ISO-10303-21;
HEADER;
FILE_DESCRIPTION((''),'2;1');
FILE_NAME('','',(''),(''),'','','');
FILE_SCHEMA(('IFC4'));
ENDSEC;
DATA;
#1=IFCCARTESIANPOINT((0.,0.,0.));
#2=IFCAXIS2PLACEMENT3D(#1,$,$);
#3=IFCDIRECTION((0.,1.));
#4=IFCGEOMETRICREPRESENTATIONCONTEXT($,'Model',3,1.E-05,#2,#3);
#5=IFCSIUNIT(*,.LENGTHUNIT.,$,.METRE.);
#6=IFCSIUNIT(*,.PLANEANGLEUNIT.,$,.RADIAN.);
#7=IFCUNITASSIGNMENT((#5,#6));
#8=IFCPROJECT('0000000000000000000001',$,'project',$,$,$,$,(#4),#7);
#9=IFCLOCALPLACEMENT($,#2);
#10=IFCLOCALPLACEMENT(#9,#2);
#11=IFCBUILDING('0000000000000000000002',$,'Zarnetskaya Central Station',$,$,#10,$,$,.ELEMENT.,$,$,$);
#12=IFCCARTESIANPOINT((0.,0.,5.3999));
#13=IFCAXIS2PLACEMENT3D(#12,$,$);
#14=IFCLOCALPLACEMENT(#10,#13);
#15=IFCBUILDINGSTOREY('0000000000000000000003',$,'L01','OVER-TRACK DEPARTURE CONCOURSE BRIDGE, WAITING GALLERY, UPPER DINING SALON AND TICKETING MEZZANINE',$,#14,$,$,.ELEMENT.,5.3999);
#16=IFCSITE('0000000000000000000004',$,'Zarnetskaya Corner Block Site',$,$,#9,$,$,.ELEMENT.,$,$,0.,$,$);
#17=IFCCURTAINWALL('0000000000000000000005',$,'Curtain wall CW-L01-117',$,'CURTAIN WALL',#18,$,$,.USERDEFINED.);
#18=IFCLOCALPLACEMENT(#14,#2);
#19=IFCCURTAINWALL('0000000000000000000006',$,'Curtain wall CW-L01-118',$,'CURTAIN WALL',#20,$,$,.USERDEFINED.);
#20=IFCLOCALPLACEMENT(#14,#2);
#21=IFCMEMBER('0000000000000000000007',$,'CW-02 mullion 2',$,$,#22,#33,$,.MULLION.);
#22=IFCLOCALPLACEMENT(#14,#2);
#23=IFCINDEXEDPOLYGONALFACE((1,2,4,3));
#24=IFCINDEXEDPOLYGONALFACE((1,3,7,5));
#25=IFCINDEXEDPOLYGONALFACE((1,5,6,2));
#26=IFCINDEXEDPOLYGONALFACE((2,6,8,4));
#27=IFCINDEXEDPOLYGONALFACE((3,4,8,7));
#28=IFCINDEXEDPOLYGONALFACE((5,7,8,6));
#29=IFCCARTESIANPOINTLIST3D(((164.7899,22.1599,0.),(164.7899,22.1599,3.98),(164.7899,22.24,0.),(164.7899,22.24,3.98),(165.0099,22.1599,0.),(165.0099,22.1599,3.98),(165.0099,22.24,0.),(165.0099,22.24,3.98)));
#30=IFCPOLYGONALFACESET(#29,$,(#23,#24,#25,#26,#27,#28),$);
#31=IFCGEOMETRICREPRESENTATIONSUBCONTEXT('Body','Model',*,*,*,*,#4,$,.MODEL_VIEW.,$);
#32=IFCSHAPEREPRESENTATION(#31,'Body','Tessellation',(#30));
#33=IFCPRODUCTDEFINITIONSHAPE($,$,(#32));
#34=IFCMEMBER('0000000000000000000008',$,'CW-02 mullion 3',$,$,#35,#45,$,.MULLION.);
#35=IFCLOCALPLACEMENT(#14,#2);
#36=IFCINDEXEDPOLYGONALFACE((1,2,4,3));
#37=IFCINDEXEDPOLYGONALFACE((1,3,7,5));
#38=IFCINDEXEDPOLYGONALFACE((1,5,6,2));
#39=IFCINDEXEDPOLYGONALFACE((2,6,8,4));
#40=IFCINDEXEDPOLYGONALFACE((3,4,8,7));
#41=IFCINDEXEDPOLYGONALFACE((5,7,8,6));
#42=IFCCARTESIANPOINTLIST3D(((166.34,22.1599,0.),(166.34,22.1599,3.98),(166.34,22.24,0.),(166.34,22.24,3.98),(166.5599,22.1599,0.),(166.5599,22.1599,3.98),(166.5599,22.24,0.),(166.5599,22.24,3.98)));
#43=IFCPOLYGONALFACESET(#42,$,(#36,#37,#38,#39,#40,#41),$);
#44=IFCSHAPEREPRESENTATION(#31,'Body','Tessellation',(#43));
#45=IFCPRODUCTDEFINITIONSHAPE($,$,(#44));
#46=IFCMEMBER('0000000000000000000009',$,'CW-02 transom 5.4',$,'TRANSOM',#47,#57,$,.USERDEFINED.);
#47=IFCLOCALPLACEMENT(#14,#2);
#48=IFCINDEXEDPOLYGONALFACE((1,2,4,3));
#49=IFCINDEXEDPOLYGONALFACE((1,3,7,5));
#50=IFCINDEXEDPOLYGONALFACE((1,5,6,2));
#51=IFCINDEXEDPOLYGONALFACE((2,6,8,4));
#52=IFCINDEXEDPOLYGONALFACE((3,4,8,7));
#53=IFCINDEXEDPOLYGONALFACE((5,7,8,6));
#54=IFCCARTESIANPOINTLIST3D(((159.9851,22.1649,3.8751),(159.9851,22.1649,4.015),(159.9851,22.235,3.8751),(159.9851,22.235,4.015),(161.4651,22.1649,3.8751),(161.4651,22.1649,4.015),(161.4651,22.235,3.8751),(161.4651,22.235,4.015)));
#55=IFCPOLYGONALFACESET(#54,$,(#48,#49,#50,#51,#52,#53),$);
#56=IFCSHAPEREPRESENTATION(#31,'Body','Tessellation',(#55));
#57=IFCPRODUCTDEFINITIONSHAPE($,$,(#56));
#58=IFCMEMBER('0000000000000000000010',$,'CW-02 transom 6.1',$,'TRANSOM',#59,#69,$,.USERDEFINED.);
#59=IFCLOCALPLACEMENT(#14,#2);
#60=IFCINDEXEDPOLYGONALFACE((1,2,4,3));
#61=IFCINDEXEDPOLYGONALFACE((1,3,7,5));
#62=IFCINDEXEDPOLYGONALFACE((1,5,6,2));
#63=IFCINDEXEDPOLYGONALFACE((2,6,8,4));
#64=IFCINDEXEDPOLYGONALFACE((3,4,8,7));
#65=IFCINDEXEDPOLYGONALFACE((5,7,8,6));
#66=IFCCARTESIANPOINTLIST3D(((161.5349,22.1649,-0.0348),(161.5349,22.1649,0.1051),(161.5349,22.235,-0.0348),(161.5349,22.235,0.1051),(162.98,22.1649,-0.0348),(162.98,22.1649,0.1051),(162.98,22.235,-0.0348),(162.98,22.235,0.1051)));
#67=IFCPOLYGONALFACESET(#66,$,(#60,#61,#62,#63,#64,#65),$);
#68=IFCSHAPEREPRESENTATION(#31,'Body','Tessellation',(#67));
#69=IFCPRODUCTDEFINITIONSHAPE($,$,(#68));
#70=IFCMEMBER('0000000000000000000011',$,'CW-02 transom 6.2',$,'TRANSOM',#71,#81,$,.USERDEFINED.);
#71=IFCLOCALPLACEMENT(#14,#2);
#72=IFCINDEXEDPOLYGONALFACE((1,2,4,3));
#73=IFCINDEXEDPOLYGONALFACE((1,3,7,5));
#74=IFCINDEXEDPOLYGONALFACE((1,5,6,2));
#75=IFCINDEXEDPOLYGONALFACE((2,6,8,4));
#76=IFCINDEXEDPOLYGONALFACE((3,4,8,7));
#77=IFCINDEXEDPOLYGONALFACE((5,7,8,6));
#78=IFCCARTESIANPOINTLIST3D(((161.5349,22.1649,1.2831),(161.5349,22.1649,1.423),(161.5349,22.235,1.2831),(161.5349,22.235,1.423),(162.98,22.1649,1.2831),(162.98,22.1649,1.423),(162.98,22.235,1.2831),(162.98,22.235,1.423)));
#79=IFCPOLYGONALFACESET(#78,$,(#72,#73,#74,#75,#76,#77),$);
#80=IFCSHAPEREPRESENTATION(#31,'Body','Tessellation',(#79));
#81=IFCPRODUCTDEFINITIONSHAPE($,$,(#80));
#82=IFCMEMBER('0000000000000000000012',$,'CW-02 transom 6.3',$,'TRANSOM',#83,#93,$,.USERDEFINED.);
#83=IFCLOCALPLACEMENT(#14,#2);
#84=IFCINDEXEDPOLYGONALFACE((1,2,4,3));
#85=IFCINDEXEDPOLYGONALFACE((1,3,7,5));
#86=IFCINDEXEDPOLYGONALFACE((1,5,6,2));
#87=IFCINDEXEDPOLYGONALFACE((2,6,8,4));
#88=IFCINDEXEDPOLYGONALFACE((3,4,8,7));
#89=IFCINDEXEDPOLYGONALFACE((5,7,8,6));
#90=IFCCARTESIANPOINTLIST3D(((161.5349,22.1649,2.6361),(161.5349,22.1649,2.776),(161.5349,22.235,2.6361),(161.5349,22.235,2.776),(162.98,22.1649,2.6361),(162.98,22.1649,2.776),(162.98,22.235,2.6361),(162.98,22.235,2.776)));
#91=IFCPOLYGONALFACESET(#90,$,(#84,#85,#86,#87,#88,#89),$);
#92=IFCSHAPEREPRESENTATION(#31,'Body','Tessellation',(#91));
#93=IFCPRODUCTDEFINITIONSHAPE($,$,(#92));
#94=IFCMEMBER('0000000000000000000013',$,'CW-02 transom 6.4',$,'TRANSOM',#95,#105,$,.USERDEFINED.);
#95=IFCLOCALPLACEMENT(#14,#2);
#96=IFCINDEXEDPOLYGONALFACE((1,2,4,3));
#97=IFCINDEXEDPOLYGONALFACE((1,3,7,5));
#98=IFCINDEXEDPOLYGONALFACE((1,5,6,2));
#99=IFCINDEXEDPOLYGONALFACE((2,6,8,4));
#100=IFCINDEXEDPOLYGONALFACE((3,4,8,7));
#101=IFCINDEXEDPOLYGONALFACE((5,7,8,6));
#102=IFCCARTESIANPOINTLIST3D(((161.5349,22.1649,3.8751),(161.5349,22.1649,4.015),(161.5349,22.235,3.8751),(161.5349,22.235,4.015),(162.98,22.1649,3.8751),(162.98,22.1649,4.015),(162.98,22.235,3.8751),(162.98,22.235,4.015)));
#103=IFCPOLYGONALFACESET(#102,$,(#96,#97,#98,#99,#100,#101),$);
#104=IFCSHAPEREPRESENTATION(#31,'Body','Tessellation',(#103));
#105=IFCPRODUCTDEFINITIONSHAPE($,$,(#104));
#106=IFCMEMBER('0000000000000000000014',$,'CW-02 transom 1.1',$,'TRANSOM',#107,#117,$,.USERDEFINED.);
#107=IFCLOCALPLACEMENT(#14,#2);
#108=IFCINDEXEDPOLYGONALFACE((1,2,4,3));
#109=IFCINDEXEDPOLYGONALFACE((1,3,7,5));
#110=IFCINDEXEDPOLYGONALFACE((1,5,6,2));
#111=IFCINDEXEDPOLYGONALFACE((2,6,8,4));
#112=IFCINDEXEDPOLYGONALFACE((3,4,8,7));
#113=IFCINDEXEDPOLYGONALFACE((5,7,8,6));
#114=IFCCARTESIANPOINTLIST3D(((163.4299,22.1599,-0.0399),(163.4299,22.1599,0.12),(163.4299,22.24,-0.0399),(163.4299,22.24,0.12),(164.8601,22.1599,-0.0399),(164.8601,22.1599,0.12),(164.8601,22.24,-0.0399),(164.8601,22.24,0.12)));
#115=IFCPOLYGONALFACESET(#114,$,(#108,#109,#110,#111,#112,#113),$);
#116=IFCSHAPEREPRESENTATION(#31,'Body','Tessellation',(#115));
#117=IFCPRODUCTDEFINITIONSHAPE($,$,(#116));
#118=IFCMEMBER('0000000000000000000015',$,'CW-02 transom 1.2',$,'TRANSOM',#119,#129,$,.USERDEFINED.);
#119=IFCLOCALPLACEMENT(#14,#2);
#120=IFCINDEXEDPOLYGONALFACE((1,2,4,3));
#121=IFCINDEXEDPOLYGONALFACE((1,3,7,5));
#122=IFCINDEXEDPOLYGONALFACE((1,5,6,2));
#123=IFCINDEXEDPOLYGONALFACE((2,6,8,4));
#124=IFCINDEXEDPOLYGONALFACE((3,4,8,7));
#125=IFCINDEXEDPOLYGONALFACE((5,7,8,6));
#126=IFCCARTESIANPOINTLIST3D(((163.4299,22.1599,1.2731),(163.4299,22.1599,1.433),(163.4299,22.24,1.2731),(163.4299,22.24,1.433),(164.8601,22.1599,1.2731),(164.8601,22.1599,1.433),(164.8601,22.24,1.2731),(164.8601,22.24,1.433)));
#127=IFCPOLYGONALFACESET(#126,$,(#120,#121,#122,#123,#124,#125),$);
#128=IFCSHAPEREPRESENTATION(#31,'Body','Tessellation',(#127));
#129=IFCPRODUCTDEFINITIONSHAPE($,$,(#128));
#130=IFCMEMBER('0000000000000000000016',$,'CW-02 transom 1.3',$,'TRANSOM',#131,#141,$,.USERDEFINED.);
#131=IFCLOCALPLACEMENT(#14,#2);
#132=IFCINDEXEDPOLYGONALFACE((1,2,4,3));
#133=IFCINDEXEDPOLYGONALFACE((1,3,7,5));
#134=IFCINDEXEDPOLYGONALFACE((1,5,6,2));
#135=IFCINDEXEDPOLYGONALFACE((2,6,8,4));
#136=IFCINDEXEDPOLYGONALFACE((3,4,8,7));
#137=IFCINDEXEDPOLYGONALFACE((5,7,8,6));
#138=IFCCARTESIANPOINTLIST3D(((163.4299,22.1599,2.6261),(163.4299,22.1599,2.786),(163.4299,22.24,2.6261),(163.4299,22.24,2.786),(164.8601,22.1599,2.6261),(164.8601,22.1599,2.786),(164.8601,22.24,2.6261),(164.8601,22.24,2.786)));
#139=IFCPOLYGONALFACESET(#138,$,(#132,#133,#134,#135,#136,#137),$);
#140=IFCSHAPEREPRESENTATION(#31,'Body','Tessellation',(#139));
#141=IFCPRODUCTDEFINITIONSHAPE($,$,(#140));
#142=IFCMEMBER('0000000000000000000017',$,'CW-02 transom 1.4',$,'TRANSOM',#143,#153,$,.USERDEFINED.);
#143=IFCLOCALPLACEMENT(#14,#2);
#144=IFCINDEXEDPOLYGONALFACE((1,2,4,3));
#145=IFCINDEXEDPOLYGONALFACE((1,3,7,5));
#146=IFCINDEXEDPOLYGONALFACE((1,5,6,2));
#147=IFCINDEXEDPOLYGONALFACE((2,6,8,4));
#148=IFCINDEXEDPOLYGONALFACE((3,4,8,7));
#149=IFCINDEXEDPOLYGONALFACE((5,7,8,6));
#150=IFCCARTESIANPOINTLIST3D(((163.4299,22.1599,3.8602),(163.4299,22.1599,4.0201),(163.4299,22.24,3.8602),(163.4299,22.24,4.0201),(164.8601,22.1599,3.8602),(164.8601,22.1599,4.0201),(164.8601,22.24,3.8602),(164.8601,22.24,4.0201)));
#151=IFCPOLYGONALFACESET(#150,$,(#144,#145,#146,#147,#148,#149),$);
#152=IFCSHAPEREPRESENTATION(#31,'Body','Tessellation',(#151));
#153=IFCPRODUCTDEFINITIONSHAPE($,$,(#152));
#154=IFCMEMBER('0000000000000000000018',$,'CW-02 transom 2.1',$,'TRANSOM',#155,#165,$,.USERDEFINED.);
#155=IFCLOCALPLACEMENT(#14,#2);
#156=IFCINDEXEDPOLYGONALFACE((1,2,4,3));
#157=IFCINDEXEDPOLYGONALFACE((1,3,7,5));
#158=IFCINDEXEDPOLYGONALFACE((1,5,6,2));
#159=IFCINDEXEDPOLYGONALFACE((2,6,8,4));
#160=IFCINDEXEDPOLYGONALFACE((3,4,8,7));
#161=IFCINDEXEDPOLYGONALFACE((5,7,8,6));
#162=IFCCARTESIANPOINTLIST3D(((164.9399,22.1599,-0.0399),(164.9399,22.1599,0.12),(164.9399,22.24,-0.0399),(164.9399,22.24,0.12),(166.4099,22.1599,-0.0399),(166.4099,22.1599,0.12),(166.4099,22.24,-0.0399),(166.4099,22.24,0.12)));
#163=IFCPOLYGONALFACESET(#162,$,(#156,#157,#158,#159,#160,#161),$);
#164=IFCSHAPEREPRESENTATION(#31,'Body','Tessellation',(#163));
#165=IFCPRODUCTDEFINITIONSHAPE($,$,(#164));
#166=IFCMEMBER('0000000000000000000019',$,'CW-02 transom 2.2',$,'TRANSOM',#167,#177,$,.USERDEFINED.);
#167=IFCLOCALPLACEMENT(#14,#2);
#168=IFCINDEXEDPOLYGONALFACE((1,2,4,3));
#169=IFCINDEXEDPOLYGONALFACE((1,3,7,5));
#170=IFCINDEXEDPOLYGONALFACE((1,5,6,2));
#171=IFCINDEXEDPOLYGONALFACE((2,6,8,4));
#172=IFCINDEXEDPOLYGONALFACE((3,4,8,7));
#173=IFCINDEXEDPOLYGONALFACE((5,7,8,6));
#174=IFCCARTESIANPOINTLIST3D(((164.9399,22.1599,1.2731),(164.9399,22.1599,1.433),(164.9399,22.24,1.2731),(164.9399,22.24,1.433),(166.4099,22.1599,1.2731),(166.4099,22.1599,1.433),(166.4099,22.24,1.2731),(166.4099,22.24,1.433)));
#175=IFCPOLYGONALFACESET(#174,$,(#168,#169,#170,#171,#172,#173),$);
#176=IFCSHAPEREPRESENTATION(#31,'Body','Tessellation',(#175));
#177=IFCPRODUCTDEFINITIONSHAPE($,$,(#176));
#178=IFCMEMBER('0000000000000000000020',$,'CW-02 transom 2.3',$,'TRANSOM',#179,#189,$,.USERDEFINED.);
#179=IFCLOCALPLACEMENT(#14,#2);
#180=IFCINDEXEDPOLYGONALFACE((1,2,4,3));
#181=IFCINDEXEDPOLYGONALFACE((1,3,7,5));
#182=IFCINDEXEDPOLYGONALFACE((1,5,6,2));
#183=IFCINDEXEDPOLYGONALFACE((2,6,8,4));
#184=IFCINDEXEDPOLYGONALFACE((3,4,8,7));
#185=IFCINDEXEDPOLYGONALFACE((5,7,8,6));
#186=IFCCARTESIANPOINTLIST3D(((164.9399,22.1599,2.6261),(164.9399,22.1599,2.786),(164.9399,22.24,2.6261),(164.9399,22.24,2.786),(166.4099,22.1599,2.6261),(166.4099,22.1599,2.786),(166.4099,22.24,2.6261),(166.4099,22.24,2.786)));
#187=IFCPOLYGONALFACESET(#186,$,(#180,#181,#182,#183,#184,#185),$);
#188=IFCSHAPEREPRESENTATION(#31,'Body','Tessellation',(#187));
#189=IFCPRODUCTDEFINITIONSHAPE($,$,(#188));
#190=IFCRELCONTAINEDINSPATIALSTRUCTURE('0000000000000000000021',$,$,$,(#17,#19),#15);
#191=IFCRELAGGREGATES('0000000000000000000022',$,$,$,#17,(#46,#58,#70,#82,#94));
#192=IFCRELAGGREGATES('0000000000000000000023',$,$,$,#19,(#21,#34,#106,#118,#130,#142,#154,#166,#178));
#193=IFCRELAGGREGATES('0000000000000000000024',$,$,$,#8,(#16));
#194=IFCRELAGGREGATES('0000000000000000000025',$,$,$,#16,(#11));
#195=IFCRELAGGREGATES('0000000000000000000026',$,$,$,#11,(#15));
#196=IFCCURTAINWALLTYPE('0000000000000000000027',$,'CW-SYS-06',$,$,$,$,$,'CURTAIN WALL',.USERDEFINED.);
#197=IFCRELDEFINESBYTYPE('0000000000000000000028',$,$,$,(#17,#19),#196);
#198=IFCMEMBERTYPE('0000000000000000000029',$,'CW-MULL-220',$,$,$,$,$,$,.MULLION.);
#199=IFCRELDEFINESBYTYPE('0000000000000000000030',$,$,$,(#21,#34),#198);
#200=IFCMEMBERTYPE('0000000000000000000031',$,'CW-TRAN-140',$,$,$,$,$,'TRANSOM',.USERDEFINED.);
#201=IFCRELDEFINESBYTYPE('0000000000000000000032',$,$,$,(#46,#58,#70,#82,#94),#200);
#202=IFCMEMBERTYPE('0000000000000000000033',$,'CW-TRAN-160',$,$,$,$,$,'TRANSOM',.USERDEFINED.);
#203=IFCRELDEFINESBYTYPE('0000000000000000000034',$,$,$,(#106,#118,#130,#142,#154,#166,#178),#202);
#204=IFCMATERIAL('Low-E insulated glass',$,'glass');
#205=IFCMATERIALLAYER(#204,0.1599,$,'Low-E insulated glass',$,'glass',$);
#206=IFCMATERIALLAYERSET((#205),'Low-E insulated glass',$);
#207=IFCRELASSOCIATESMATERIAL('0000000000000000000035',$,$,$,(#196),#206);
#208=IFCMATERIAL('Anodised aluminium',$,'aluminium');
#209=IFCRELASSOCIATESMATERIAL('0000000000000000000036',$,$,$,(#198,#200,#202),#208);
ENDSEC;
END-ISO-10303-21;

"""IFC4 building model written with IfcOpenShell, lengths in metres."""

from ifc_helpers import new_model, si_unit, direction, frame, origin, origin_2d, place, context, subcontext, project, spatial, rectangle, extrude, material, layer, layer_set, material_profile, profile_set, type_object, element, aggregate, save


model = new_model("IFC4")

# Units and contexts
model_context = context("Model", 3, precision=1e-05, world=origin(), true_north=direction((0.0, 1.0)))
body_context = subcontext(model_context, "Body", "Model", "MODEL_VIEW")
ifc_project = project(units=[si_unit("LENGTHUNIT", "METRE"), si_unit("PLANEANGLEUNIT", "RADIAN")], contexts=[model_context])

# Site, building, storey
site_placement = place(None, origin())
site = spatial("IfcSite", under=ifc_project, at=site_placement, Name="Zarnetskaya Corner Block Site", CompositionType="ELEMENT", RefElevation=0.0)
building_placement = place(site_placement, origin())
building = spatial("IfcBuilding", under=site, at=building_placement, Name="Zarnetskaya Central Station", CompositionType="ELEMENT")
storey_placement = place(building_placement, frame((0.0, 0.0, 5.3999)))
storey = spatial("IfcBuildingStorey", under=building, at=storey_placement, Name="L01", Description="OVER-TRACK DEPARTURE CONCOURSE BRIDGE, WAITING GALLERY, UPPER DINING SALON AND TICKETING MEZZANINE", CompositionType="ELEMENT", Elevation=5.3999)

# Curtain walls, members
ifc_material_1 = material(Name="Low-E insulated glass", Category="glass")
ifc_layer_1 = layer(ifc_material_1, 0.1599, Name="Low-E insulated glass", Category="glass")
ifc_layer_set_1 = layer_set([ifc_layer_1], Name="Low-E insulated glass")
curtain_wall_type = type_object("IfcCurtainWallType", Name="CW-SYS-06", ElementType="CURTAIN WALL", PredefinedType="USERDEFINED", material=ifc_layer_set_1)
curtain_wall_1_placement = place(storey_placement, origin())
curtain_wall_1 = element("IfcCurtainWall", 1, at=curtain_wall_1_placement, inside=storey, type_object=curtain_wall_type, Name="Curtain wall CW-L01-117", ObjectType="CURTAIN WALL", PredefinedType="USERDEFINED")
ifc_material_2 = material(Name="Anodised aluminium", Category="aluminium")
curtain_wall_2_placement = place(storey_placement, origin())
curtain_wall_2 = element("IfcCurtainWall", 2, at=curtain_wall_2_placement, inside=storey, type_object=curtain_wall_type, Name="Curtain wall CW-L01-118", ObjectType="CURTAIN WALL", PredefinedType="USERDEFINED")
ifc_material_profile_1 = material_profile(ifc_material_2, rectangle(XDim=0.0801, YDim=0.22, at=origin_2d()), Name="ALU MULL 80x220")
ifc_profile_set_1 = profile_set([ifc_material_profile_1], Name="Anodised aluminium")
member_type_1 = type_object("IfcMemberType", Name="CW-MULL-220", PredefinedType="MULLION", material=ifc_profile_set_1)
member_1_placement = place(storey_placement, frame((164.8999, 22.2, 0.0), z_axis=(0.0, 0.0, 1.0), x_axis=(0.0, 1.0, 0.0)))
member_1 = element("IfcMember", 3, at=member_1_placement, type_object=member_type_1, Name="CW-02 mullion 2", PredefinedType="MULLION", context=body_context, shape_type="SweptSolid", body=[
    extrude(rectangle(XDim=0.0801, YDim=0.22, at=origin_2d()), origin(), (0.0, 0.0, 1.0), 3.98),
])
member_2_placement = place(storey_placement, frame((166.45, 22.2, 0.0), z_axis=(0.0, 0.0, 1.0), x_axis=(0.0, 1.0, 0.0)))
member_2 = element("IfcMember", 4, at=member_2_placement, type_object=member_type_1, Name="CW-02 mullion 3", PredefinedType="MULLION", context=body_context, shape_type="SweptSolid", body=[
    extrude(rectangle(XDim=0.0801, YDim=0.22, at=origin_2d()), origin(), (0.0, 0.0, 1.0), 3.98),
])

# Members
ifc_material_profile_2 = material_profile(ifc_material_2, rectangle(XDim=0.0701, YDim=0.1399, at=origin_2d()), Name="ALU TRAN 70x140")
ifc_profile_set_2 = profile_set([ifc_material_profile_2], Name="Anodised aluminium")
member_type_2 = type_object("IfcMemberType", Name="CW-TRAN-140", ElementType="TRANSOM", PredefinedType="USERDEFINED", material=ifc_profile_set_2)
member_3_placement = place(storey_placement, frame((159.9851, 22.2, 3.9451), z_axis=(1.0, 0.0, 0.0), x_axis=(0.0, 1.0, 0.0)))
member_3 = element("IfcMember", 5, at=member_3_placement, type_object=member_type_2, Name="CW-02 transom 5.4", ObjectType="TRANSOM", PredefinedType="USERDEFINED", context=body_context, shape_type="SweptSolid", body=[
    extrude(rectangle(XDim=0.0701, YDim=0.1399, at=origin_2d()), origin(), (0.0, 0.0, 1.0), 1.48),
])
member_4_placement = place(storey_placement, frame((161.5349, 22.2, 0.0352), z_axis=(1.0, 0.0, 0.0), x_axis=(0.0, 1.0, 0.0)))
member_4 = element("IfcMember", 6, at=member_4_placement, type_object=member_type_2, Name="CW-02 transom 6.1", ObjectType="TRANSOM", PredefinedType="USERDEFINED", context=body_context, shape_type="SweptSolid", body=[
    extrude(rectangle(XDim=0.0701, YDim=0.1399, at=origin_2d()), origin(), (0.0, 0.0, 1.0), 1.4451),
])
member_5_placement = place(storey_placement, frame((161.5349, 22.2, 1.353), z_axis=(1.0, 0.0, 0.0), x_axis=(0.0, 1.0, 0.0)))
member_5 = element("IfcMember", 7, at=member_5_placement, type_object=member_type_2, Name="CW-02 transom 6.2", ObjectType="TRANSOM", PredefinedType="USERDEFINED", context=body_context, shape_type="SweptSolid", body=[
    extrude(rectangle(XDim=0.0701, YDim=0.1399, at=origin_2d()), origin(), (0.0, 0.0, 1.0), 1.4451),
])
member_6_placement = place(storey_placement, frame((161.5349, 22.2, 2.7061), z_axis=(1.0, 0.0, 0.0), x_axis=(0.0, 1.0, 0.0)))
member_6 = element("IfcMember", 8, at=member_6_placement, type_object=member_type_2, Name="CW-02 transom 6.3", ObjectType="TRANSOM", PredefinedType="USERDEFINED", context=body_context, shape_type="SweptSolid", body=[
    extrude(rectangle(XDim=0.0701, YDim=0.1399, at=origin_2d()), origin(), (0.0, 0.0, 1.0), 1.4451),
])
member_7_placement = place(storey_placement, frame((161.5349, 22.2, 3.9451), z_axis=(1.0, 0.0, 0.0), x_axis=(0.0, 1.0, 0.0)))
member_7 = element("IfcMember", 9, at=member_7_placement, type_object=member_type_2, Name="CW-02 transom 6.4", ObjectType="TRANSOM", PredefinedType="USERDEFINED", context=body_context, shape_type="SweptSolid", body=[
    extrude(rectangle(XDim=0.0701, YDim=0.1399, at=origin_2d()), origin(), (0.0, 0.0, 1.0), 1.4451),
])
ifc_material_profile_3 = material_profile(ifc_material_2, rectangle(XDim=0.0801, YDim=0.1599, at=origin_2d()), Name="ALU TRAN 80x160")
ifc_profile_set_3 = profile_set([ifc_material_profile_3], Name="Anodised aluminium")
member_type_3 = type_object("IfcMemberType", Name="CW-TRAN-160", ElementType="TRANSOM", PredefinedType="USERDEFINED", material=ifc_profile_set_3)
member_8_placement = place(storey_placement, frame((163.4299, 22.2, 0.04), z_axis=(1.0, 0.0, 0.0), x_axis=(0.0, 1.0, 0.0)))
member_8 = element("IfcMember", 10, at=member_8_placement, type_object=member_type_3, Name="CW-02 transom 1.1", ObjectType="TRANSOM", PredefinedType="USERDEFINED", context=body_context, shape_type="SweptSolid", body=[
    extrude(rectangle(XDim=0.0801, YDim=0.1599, at=origin_2d()), origin(), (0.0, 0.0, 1.0), 1.4302),
])
member_9_placement = place(storey_placement, frame((163.4299, 22.2, 1.353), z_axis=(1.0, 0.0, 0.0), x_axis=(0.0, 1.0, 0.0)))
member_9 = element("IfcMember", 11, at=member_9_placement, type_object=member_type_3, Name="CW-02 transom 1.2", ObjectType="TRANSOM", PredefinedType="USERDEFINED", context=body_context, shape_type="SweptSolid", body=[
    extrude(rectangle(XDim=0.0801, YDim=0.1599, at=origin_2d()), origin(), (0.0, 0.0, 1.0), 1.4302),
])
member_10_placement = place(storey_placement, frame((163.4299, 22.2, 2.7061), z_axis=(1.0, 0.0, 0.0), x_axis=(0.0, 1.0, 0.0)))
member_10 = element("IfcMember", 12, at=member_10_placement, type_object=member_type_3, Name="CW-02 transom 1.3", ObjectType="TRANSOM", PredefinedType="USERDEFINED", context=body_context, shape_type="SweptSolid", body=[
    extrude(rectangle(XDim=0.0801, YDim=0.1599, at=origin_2d()), origin(), (0.0, 0.0, 1.0), 1.4302),
])
member_11_placement = place(storey_placement, frame((163.4299, 22.2, 3.9402), z_axis=(1.0, 0.0, 0.0), x_axis=(0.0, 1.0, 0.0)))
member_11 = element("IfcMember", 13, at=member_11_placement, type_object=member_type_3, Name="CW-02 transom 1.4", ObjectType="TRANSOM", PredefinedType="USERDEFINED", context=body_context, shape_type="SweptSolid", body=[
    extrude(rectangle(XDim=0.0801, YDim=0.1599, at=origin_2d()), origin(), (0.0, 0.0, 1.0), 1.4302),
])
member_12_placement = place(storey_placement, frame((164.9399, 22.2, 0.04), z_axis=(1.0, 0.0, 0.0), x_axis=(0.0, 1.0, 0.0)))
member_12 = element("IfcMember", 14, at=member_12_placement, type_object=member_type_3, Name="CW-02 transom 2.1", ObjectType="TRANSOM", PredefinedType="USERDEFINED", context=body_context, shape_type="SweptSolid", body=[
    extrude(rectangle(XDim=0.0801, YDim=0.1599, at=origin_2d()), origin(), (0.0, 0.0, 1.0), 1.47),
])
member_13_placement = place(storey_placement, frame((164.9399, 22.2, 1.353), z_axis=(1.0, 0.0, 0.0), x_axis=(0.0, 1.0, 0.0)))
member_13 = element("IfcMember", 15, at=member_13_placement, type_object=member_type_3, Name="CW-02 transom 2.2", ObjectType="TRANSOM", PredefinedType="USERDEFINED", context=body_context, shape_type="SweptSolid", body=[
    extrude(rectangle(XDim=0.0801, YDim=0.1599, at=origin_2d()), origin(), (0.0, 0.0, 1.0), 1.47),
])
member_14_placement = place(storey_placement, frame((164.9399, 22.2, 2.7061), z_axis=(1.0, 0.0, 0.0), x_axis=(0.0, 1.0, 0.0)))
member_14 = element("IfcMember", 16, at=member_14_placement, type_object=member_type_3, Name="CW-02 transom 2.3", ObjectType="TRANSOM", PredefinedType="USERDEFINED", context=body_context, shape_type="SweptSolid", body=[
    extrude(rectangle(XDim=0.0801, YDim=0.1599, at=origin_2d()), origin(), (0.0, 0.0, 1.0), 1.47),
])

aggregate(curtain_wall_1, [member_3, member_4, member_5, member_6, member_7])
aggregate(curtain_wall_2, [member_1, member_2, member_8, member_9, member_10, member_11, member_12, member_13, member_14])

save(model, "model.ifc")
